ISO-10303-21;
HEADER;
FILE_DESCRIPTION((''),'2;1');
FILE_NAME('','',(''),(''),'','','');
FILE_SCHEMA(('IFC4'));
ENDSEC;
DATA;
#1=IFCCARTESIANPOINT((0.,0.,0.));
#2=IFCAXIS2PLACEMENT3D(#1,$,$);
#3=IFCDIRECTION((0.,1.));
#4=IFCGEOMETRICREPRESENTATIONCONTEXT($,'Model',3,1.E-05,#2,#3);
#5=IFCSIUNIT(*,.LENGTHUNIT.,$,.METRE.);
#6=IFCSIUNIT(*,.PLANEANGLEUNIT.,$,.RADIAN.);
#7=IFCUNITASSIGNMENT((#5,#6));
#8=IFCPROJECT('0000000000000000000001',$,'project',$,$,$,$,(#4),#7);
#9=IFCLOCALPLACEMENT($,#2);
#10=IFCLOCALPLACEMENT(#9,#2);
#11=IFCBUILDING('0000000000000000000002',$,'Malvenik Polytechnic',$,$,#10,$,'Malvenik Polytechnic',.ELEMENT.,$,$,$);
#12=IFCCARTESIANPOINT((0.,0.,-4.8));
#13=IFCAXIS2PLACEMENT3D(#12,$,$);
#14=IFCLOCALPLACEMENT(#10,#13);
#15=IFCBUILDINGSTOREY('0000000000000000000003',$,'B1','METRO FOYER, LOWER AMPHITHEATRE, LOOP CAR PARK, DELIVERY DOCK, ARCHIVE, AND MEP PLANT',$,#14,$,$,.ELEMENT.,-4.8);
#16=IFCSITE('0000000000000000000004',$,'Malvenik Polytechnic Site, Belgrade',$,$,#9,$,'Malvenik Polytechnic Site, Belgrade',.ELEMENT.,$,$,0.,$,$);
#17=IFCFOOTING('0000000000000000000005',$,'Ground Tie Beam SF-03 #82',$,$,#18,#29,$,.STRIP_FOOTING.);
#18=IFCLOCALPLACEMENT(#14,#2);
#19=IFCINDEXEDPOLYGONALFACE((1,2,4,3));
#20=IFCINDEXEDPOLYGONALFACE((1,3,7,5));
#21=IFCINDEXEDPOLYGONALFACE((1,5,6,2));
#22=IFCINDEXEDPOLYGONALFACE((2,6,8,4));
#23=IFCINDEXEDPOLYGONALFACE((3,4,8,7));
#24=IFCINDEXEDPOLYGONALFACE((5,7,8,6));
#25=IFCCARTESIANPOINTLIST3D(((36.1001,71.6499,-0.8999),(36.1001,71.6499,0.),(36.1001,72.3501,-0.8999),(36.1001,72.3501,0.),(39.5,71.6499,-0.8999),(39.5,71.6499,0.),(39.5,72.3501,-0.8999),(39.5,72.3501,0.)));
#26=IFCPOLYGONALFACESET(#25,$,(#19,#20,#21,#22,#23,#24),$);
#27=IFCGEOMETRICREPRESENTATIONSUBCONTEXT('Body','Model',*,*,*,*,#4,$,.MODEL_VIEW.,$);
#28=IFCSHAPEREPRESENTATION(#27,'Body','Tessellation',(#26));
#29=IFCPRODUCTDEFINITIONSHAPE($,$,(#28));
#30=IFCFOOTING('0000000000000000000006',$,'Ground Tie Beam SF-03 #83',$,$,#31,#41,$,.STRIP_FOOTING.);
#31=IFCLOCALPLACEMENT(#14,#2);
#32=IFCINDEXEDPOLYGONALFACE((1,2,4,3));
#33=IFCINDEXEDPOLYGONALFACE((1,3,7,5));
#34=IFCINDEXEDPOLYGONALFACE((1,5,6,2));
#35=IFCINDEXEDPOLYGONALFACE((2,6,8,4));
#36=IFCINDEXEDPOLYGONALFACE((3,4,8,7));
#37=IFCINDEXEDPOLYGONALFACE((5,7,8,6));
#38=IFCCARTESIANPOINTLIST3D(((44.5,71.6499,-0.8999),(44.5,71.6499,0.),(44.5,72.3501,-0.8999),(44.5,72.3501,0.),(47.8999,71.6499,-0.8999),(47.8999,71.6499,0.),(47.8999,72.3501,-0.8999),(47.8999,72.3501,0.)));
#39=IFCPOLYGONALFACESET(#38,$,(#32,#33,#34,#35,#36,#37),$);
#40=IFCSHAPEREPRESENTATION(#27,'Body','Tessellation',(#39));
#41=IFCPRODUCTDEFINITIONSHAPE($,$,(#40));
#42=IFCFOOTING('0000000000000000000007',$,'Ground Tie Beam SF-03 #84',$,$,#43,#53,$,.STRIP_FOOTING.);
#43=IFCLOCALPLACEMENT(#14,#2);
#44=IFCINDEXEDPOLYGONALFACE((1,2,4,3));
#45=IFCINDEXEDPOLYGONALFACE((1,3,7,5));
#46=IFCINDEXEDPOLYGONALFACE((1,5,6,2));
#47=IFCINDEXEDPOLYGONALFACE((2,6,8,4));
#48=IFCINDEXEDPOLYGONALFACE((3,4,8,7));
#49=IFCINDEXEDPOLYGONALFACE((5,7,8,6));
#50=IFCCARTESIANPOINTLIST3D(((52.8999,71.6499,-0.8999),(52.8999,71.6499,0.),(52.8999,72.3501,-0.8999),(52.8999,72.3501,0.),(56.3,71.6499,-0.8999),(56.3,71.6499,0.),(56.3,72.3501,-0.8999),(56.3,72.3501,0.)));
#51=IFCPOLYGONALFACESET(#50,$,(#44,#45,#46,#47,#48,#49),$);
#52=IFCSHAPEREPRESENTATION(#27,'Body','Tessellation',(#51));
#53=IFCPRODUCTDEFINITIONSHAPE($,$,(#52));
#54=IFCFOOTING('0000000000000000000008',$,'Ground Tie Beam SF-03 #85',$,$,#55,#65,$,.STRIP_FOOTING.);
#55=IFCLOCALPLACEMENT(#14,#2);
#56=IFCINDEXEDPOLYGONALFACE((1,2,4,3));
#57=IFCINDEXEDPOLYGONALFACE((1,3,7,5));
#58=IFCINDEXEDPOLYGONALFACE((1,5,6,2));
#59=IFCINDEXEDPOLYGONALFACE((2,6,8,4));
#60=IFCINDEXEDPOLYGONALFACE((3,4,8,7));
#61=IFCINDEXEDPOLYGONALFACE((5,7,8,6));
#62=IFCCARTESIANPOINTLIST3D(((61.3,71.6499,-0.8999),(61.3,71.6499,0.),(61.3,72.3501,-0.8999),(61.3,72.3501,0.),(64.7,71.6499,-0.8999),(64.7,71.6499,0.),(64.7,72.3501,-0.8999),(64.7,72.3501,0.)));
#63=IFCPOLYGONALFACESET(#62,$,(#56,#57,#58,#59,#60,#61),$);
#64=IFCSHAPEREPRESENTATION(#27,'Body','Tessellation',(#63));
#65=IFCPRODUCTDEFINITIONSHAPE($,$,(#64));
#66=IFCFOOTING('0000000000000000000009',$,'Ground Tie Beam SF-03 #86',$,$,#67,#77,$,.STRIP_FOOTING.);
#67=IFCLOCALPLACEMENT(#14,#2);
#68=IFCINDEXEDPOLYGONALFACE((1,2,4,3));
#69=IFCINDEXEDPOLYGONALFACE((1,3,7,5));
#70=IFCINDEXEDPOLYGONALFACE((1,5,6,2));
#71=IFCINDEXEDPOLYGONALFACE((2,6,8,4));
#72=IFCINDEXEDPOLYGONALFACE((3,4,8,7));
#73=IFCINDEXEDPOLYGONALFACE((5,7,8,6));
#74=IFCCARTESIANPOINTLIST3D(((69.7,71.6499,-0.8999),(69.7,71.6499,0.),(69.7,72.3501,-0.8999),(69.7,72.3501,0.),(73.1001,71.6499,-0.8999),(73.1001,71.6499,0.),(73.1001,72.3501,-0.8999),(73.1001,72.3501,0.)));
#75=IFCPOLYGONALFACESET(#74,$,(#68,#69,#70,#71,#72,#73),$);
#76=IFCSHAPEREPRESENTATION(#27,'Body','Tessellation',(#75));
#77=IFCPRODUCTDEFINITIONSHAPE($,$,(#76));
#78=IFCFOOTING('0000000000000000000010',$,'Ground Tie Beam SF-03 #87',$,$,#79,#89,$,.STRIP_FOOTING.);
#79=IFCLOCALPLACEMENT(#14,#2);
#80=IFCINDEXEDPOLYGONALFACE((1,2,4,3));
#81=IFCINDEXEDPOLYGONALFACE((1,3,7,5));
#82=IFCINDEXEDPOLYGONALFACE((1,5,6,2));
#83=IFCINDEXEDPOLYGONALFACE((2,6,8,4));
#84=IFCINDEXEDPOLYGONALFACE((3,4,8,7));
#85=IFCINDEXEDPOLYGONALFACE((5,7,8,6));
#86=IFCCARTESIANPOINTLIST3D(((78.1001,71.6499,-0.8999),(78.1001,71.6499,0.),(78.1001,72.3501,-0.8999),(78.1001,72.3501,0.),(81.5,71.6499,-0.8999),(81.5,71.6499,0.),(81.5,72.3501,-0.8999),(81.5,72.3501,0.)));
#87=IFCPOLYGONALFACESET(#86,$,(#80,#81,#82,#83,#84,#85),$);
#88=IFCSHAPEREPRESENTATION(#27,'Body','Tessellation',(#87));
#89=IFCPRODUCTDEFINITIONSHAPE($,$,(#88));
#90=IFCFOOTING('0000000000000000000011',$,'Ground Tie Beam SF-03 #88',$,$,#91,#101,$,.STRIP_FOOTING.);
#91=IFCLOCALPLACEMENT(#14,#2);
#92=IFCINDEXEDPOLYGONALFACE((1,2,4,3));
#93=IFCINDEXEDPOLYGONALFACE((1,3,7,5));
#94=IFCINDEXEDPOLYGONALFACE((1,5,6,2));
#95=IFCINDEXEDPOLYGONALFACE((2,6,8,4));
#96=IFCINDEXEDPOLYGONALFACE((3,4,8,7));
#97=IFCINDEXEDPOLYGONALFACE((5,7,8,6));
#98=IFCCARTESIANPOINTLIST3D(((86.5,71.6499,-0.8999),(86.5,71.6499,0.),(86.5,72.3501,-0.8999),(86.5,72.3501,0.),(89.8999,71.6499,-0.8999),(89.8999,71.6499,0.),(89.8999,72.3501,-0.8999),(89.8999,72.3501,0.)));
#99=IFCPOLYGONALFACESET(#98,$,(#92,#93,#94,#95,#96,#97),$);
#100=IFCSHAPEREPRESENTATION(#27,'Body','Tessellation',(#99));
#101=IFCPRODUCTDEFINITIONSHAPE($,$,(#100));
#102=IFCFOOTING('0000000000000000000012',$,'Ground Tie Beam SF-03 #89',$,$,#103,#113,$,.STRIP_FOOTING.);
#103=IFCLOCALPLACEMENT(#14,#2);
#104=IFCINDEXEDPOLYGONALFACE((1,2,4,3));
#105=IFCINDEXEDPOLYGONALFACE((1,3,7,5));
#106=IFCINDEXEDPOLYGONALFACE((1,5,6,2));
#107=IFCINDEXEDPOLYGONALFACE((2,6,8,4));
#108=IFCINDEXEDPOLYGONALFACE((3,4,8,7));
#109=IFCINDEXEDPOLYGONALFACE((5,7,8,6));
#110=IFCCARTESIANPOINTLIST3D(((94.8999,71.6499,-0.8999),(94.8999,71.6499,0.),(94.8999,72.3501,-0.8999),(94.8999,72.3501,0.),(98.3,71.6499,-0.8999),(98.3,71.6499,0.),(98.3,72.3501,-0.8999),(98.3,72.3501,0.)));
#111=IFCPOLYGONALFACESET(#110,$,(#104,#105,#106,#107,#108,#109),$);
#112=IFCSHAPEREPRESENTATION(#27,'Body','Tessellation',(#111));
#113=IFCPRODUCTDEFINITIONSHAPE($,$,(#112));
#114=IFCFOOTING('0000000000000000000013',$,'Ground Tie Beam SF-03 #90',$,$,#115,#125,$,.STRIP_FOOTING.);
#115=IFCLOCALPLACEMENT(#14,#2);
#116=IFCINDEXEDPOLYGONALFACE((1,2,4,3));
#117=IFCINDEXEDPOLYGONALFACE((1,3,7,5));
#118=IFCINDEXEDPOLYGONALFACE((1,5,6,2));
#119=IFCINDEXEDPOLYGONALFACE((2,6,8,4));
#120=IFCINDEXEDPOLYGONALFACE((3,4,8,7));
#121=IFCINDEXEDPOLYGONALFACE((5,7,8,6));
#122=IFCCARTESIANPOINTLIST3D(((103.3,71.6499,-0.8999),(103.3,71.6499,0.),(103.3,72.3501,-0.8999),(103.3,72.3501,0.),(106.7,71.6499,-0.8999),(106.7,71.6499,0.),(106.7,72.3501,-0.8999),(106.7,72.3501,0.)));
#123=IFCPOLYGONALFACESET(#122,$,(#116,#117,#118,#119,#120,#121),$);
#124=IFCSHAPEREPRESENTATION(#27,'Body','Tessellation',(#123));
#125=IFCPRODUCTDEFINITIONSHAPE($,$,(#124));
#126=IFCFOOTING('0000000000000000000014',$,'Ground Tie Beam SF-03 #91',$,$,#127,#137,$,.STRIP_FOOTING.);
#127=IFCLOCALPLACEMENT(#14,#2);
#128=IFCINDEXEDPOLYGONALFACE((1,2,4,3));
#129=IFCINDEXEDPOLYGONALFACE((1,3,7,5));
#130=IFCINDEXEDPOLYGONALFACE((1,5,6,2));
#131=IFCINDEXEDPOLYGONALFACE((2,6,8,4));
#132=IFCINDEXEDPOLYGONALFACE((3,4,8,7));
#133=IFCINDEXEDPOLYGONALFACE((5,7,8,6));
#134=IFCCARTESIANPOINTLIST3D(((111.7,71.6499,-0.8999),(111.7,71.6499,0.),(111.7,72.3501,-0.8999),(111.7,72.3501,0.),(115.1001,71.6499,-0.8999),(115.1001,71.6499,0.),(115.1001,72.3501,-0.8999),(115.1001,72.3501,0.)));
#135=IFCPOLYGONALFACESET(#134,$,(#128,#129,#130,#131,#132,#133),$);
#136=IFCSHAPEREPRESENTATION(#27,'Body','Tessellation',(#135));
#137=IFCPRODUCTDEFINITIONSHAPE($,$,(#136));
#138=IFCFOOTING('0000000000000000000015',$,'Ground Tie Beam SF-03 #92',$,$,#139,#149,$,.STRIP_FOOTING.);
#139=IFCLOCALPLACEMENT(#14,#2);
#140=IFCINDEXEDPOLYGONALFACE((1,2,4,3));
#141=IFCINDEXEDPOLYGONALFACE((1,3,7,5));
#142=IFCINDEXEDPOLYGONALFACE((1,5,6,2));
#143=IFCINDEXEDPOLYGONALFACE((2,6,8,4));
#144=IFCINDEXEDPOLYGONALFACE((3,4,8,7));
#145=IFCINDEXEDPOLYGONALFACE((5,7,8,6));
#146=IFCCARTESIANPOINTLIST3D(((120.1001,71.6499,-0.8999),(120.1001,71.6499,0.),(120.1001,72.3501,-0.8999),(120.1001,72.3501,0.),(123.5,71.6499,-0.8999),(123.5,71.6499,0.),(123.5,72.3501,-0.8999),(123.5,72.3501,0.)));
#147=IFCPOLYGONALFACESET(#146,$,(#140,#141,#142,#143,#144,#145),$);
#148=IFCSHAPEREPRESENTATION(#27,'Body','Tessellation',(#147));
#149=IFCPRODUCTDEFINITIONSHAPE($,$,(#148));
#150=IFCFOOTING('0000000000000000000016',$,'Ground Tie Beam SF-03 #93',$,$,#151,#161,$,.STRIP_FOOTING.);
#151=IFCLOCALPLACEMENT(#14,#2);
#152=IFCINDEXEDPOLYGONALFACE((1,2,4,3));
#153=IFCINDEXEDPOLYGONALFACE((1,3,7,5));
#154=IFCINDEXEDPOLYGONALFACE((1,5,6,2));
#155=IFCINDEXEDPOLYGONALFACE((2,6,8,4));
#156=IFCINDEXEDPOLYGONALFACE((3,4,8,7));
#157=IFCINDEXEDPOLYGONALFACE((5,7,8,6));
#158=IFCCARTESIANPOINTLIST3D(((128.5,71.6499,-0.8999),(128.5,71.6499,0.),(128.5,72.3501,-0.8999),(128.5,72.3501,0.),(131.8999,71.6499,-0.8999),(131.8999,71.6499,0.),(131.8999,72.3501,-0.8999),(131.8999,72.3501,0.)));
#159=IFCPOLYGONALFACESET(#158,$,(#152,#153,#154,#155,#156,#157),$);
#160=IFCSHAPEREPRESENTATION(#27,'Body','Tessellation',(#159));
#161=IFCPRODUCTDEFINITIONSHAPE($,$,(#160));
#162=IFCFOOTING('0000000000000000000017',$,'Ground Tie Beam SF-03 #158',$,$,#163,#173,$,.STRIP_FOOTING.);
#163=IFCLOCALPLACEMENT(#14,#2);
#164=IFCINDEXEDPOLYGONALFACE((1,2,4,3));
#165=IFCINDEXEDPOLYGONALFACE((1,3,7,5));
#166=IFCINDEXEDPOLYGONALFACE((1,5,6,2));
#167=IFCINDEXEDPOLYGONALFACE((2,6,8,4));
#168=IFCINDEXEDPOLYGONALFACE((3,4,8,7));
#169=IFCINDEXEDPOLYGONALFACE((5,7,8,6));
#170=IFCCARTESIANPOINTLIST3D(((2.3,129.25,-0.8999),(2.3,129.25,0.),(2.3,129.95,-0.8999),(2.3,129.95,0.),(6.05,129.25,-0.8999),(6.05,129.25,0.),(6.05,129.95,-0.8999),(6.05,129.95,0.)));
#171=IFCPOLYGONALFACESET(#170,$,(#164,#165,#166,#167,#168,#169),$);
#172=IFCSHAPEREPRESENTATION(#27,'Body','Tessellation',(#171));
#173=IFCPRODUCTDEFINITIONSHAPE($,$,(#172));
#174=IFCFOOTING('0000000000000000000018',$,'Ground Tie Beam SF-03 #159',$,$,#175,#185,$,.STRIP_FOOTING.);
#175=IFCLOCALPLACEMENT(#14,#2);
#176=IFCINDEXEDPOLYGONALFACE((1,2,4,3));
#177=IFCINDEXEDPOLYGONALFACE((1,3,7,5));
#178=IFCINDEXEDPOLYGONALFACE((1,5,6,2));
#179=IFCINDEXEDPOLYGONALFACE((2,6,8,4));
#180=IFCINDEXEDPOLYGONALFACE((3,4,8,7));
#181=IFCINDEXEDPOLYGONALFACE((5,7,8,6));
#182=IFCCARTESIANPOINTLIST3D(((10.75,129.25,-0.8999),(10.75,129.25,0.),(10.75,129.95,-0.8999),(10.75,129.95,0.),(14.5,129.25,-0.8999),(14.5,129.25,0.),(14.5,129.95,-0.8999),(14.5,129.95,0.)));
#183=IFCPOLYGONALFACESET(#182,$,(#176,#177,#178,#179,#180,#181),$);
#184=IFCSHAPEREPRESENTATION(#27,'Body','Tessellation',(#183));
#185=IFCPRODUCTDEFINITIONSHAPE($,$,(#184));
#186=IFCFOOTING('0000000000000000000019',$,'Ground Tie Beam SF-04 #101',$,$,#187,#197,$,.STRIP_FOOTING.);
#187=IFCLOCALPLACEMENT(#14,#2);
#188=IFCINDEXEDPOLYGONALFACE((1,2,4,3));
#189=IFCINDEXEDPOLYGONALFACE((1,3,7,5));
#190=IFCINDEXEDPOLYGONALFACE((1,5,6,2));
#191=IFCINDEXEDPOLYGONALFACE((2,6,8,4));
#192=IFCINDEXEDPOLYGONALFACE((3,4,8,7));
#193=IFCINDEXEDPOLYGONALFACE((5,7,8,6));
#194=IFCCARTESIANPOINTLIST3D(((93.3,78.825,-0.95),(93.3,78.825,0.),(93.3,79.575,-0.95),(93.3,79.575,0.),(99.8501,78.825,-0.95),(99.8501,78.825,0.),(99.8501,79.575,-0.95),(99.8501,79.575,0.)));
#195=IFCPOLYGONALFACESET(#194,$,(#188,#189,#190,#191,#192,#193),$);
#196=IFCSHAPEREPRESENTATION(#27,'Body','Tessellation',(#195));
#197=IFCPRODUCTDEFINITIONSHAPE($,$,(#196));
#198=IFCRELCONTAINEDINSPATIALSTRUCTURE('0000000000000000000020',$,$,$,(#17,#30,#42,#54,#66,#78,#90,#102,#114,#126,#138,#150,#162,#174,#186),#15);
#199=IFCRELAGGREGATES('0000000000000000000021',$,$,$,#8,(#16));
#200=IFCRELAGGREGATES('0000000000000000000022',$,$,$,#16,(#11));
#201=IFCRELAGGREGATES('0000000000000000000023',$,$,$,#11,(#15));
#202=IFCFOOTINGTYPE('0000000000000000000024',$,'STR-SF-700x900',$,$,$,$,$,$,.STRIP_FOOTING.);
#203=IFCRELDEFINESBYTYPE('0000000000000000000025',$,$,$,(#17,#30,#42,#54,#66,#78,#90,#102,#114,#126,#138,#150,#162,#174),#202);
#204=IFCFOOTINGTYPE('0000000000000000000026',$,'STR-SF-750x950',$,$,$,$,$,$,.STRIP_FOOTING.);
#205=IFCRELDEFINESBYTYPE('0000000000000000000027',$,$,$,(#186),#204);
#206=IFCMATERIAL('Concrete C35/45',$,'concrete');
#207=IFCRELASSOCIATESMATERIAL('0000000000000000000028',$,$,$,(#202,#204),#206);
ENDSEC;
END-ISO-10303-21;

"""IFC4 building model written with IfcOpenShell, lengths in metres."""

from ifc_helpers import new_model, si_unit, direction, frame, origin, place, context, subcontext, project, spatial, polyline, outline, extrude, material, type_object, element, save


model = new_model("IFC4")

# Units and contexts
model_context = context("Model", 3, precision=1e-05, world=origin(), true_north=direction((0.0, 1.0)))
body_context = subcontext(model_context, "Body", "Model", "MODEL_VIEW")
ifc_project = project(units=[si_unit("LENGTHUNIT", "METRE"), si_unit("PLANEANGLEUNIT", "RADIAN")], contexts=[model_context])

# Site, building, storey
site_placement = place(None, origin())
site = spatial("IfcSite", under=ifc_project, at=site_placement, Name="Malvenik Polytechnic Site, Belgrade", LongName="Malvenik Polytechnic Site, Belgrade", CompositionType="ELEMENT", RefElevation=0.0)
building_placement = place(site_placement, origin())
building = spatial("IfcBuilding", under=site, at=building_placement, Name="Malvenik Polytechnic", LongName="Malvenik Polytechnic", CompositionType="ELEMENT")
storey_placement = place(building_placement, frame((0.0, 0.0, -4.8)))
storey = spatial("IfcBuildingStorey", under=building, at=storey_placement, Name="B1", Description="METRO FOYER, LOWER AMPHITHEATRE, LOOP CAR PARK, DELIVERY DOCK, ARCHIVE, AND MEP PLANT", CompositionType="ELEMENT", Elevation=-4.8)

# Footings
ifc_material = material(Name="Concrete C35/45", Category="concrete")
footing_type_1 = type_object("IfcFootingType", Name="STR-SF-700x900", PredefinedType="STRIP_FOOTING", material=ifc_material)
footing_1_placement = place(storey_placement, frame((0.0, 0.0, -0.8999)))
element("IfcFooting", 1, at=footing_1_placement, inside=storey, type_object=footing_type_1, Name="Ground Tie Beam SF-03 #82", PredefinedType="STRIP_FOOTING", context=body_context, shape_type="SweptSolid", body=[
    extrude(outline(polyline([(36.1001, 71.6499), (39.5, 71.6499), (39.5, 72.3501), (36.1001, 72.3501), (36.1001, 71.6499)])), origin(), (0.0, 0.0, 1.0), 0.8999),
])
footing_2_placement = place(storey_placement, frame((0.0, 0.0, -0.8999)))
element("IfcFooting", 2, at=footing_2_placement, inside=storey, type_object=footing_type_1, Name="Ground Tie Beam SF-03 #83", PredefinedType="STRIP_FOOTING", context=body_context, shape_type="SweptSolid", body=[
    extrude(outline(polyline([(44.5, 71.6499), (47.8999, 71.6499), (47.8999, 72.3501), (44.5, 72.3501), (44.5, 71.6499)])), origin(), (0.0, 0.0, 1.0), 0.8999),
])
footing_3_placement = place(storey_placement, frame((0.0, 0.0, -0.8999)))
element("IfcFooting", 3, at=footing_3_placement, inside=storey, type_object=footing_type_1, Name="Ground Tie Beam SF-03 #84", PredefinedType="STRIP_FOOTING", context=body_context, shape_type="SweptSolid", body=[
    extrude(outline(polyline([(52.8999, 71.6499), (56.3, 71.6499), (56.3, 72.3501), (52.8999, 72.3501), (52.8999, 71.6499)])), origin(), (0.0, 0.0, 1.0), 0.8999),
])
footing_4_placement = place(storey_placement, frame((0.0, 0.0, -0.8999)))
element("IfcFooting", 4, at=footing_4_placement, inside=storey, type_object=footing_type_1, Name="Ground Tie Beam SF-03 #85", PredefinedType="STRIP_FOOTING", context=body_context, shape_type="SweptSolid", body=[
    extrude(outline(polyline([(61.3, 71.6499), (64.7, 71.6499), (64.7, 72.3501), (61.3, 72.3501), (61.3, 71.6499)])), origin(), (0.0, 0.0, 1.0), 0.8999),
])
footing_5_placement = place(storey_placement, frame((0.0, 0.0, -0.8999)))
element("IfcFooting", 5, at=footing_5_placement, inside=storey, type_object=footing_type_1, Name="Ground Tie Beam SF-03 #86", PredefinedType="STRIP_FOOTING", context=body_context, shape_type="SweptSolid", body=[
    extrude(outline(polyline([(69.7, 71.6499), (73.1001, 71.6499), (73.1001, 72.3501), (69.7, 72.3501), (69.7, 71.6499)])), origin(), (0.0, 0.0, 1.0), 0.8999),
])
footing_6_placement = place(storey_placement, frame((0.0, 0.0, -0.8999)))
element("IfcFooting", 6, at=footing_6_placement, inside=storey, type_object=footing_type_1, Name="Ground Tie Beam SF-03 #87", PredefinedType="STRIP_FOOTING", context=body_context, shape_type="SweptSolid", body=[
    extrude(outline(polyline([(78.1001, 71.6499), (81.5, 71.6499), (81.5, 72.3501), (78.1001, 72.3501), (78.1001, 71.6499)])), origin(), (0.0, 0.0, 1.0), 0.8999),
])
footing_7_placement = place(storey_placement, frame((0.0, 0.0, -0.8999)))
element("IfcFooting", 7, at=footing_7_placement, inside=storey, type_object=footing_type_1, Name="Ground Tie Beam SF-03 #88", PredefinedType="STRIP_FOOTING", context=body_context, shape_type="SweptSolid", body=[
    extrude(outline(polyline([(86.5, 71.6499), (89.8999, 71.6499), (89.8999, 72.3501), (86.5, 72.3501), (86.5, 71.6499)])), origin(), (0.0, 0.0, 1.0), 0.8999),
])
footing_8_placement = place(storey_placement, frame((0.0, 0.0, -0.8999)))
element("IfcFooting", 8, at=footing_8_placement, inside=storey, type_object=footing_type_1, Name="Ground Tie Beam SF-03 #89", PredefinedType="STRIP_FOOTING", context=body_context, shape_type="SweptSolid", body=[
    extrude(outline(polyline([(94.8999, 71.6499), (98.3, 71.6499), (98.3, 72.3501), (94.8999, 72.3501), (94.8999, 71.6499)])), origin(), (0.0, 0.0, 1.0), 0.8999),
])
footing_9_placement = place(storey_placement, frame((0.0, 0.0, -0.8999)))
element("IfcFooting", 9, at=footing_9_placement, inside=storey, type_object=footing_type_1, Name="Ground Tie Beam SF-03 #90", PredefinedType="STRIP_FOOTING", context=body_context, shape_type="SweptSolid", body=[
    extrude(outline(polyline([(103.3, 71.6499), (106.7, 71.6499), (106.7, 72.3501), (103.3, 72.3501), (103.3, 71.6499)])), origin(), (0.0, 0.0, 1.0), 0.8999),
])
footing_10_placement = place(storey_placement, frame((0.0, 0.0, -0.8999)))
element("IfcFooting", 10, at=footing_10_placement, inside=storey, type_object=footing_type_1, Name="Ground Tie Beam SF-03 #91", PredefinedType="STRIP_FOOTING", context=body_context, shape_type="SweptSolid", body=[
    extrude(outline(polyline([(111.7, 71.6499), (115.1001, 71.6499), (115.1001, 72.3501), (111.7, 72.3501), (111.7, 71.6499)])), origin(), (0.0, 0.0, 1.0), 0.8999),
])
footing_11_placement = place(storey_placement, frame((0.0, 0.0, -0.8999)))
element("IfcFooting", 11, at=footing_11_placement, inside=storey, type_object=footing_type_1, Name="Ground Tie Beam SF-03 #92", PredefinedType="STRIP_FOOTING", context=body_context, shape_type="SweptSolid", body=[
    extrude(outline(polyline([(120.1001, 71.6499), (123.5, 71.6499), (123.5, 72.3501), (120.1001, 72.3501), (120.1001, 71.6499)])), origin(), (0.0, 0.0, 1.0), 0.8999),
])
footing_12_placement = place(storey_placement, frame((0.0, 0.0, -0.8999)))
element("IfcFooting", 12, at=footing_12_placement, inside=storey, type_object=footing_type_1, Name="Ground Tie Beam SF-03 #93", PredefinedType="STRIP_FOOTING", context=body_context, shape_type="SweptSolid", body=[
    extrude(outline(polyline([(128.5, 71.6499), (131.8999, 71.6499), (131.8999, 72.3501), (128.5, 72.3501), (128.5, 71.6499)])), origin(), (0.0, 0.0, 1.0), 0.8999),
])
footing_13_placement = place(storey_placement, frame((0.0, 0.0, -0.8999)))
element("IfcFooting", 13, at=footing_13_placement, inside=storey, type_object=footing_type_1, Name="Ground Tie Beam SF-03 #158", PredefinedType="STRIP_FOOTING", context=body_context, shape_type="SweptSolid", body=[
    extrude(outline(polyline([(2.3, 129.25), (6.05, 129.25), (6.05, 129.95), (2.3, 129.95), (2.3, 129.25)])), origin(), (0.0, 0.0, 1.0), 0.8999),
])
footing_14_placement = place(storey_placement, frame((0.0, 0.0, -0.8999)))
element("IfcFooting", 14, at=footing_14_placement, inside=storey, type_object=footing_type_1, Name="Ground Tie Beam SF-03 #159", PredefinedType="STRIP_FOOTING", context=body_context, shape_type="SweptSolid", body=[
    extrude(outline(polyline([(10.75, 129.25), (14.5, 129.25), (14.5, 129.95), (10.75, 129.95), (10.75, 129.25)])), origin(), (0.0, 0.0, 1.0), 0.8999),
])
footing_type_2 = type_object("IfcFootingType", Name="STR-SF-750x950", PredefinedType="STRIP_FOOTING", material=ifc_material)
footing_15_placement = place(storey_placement, frame((0.0, 0.0, -0.95)))
element("IfcFooting", 15, at=footing_15_placement, inside=storey, type_object=footing_type_2, Name="Ground Tie Beam SF-04 #101", PredefinedType="STRIP_FOOTING", context=body_context, shape_type="SweptSolid", body=[
    extrude(outline(polyline([(93.3, 78.825), (99.8501, 78.825), (99.8501, 79.575), (93.3, 79.575), (93.3, 78.825)])), origin(), (0.0, 0.0, 1.0), 0.95),
])

save(model, "model.ifc")
